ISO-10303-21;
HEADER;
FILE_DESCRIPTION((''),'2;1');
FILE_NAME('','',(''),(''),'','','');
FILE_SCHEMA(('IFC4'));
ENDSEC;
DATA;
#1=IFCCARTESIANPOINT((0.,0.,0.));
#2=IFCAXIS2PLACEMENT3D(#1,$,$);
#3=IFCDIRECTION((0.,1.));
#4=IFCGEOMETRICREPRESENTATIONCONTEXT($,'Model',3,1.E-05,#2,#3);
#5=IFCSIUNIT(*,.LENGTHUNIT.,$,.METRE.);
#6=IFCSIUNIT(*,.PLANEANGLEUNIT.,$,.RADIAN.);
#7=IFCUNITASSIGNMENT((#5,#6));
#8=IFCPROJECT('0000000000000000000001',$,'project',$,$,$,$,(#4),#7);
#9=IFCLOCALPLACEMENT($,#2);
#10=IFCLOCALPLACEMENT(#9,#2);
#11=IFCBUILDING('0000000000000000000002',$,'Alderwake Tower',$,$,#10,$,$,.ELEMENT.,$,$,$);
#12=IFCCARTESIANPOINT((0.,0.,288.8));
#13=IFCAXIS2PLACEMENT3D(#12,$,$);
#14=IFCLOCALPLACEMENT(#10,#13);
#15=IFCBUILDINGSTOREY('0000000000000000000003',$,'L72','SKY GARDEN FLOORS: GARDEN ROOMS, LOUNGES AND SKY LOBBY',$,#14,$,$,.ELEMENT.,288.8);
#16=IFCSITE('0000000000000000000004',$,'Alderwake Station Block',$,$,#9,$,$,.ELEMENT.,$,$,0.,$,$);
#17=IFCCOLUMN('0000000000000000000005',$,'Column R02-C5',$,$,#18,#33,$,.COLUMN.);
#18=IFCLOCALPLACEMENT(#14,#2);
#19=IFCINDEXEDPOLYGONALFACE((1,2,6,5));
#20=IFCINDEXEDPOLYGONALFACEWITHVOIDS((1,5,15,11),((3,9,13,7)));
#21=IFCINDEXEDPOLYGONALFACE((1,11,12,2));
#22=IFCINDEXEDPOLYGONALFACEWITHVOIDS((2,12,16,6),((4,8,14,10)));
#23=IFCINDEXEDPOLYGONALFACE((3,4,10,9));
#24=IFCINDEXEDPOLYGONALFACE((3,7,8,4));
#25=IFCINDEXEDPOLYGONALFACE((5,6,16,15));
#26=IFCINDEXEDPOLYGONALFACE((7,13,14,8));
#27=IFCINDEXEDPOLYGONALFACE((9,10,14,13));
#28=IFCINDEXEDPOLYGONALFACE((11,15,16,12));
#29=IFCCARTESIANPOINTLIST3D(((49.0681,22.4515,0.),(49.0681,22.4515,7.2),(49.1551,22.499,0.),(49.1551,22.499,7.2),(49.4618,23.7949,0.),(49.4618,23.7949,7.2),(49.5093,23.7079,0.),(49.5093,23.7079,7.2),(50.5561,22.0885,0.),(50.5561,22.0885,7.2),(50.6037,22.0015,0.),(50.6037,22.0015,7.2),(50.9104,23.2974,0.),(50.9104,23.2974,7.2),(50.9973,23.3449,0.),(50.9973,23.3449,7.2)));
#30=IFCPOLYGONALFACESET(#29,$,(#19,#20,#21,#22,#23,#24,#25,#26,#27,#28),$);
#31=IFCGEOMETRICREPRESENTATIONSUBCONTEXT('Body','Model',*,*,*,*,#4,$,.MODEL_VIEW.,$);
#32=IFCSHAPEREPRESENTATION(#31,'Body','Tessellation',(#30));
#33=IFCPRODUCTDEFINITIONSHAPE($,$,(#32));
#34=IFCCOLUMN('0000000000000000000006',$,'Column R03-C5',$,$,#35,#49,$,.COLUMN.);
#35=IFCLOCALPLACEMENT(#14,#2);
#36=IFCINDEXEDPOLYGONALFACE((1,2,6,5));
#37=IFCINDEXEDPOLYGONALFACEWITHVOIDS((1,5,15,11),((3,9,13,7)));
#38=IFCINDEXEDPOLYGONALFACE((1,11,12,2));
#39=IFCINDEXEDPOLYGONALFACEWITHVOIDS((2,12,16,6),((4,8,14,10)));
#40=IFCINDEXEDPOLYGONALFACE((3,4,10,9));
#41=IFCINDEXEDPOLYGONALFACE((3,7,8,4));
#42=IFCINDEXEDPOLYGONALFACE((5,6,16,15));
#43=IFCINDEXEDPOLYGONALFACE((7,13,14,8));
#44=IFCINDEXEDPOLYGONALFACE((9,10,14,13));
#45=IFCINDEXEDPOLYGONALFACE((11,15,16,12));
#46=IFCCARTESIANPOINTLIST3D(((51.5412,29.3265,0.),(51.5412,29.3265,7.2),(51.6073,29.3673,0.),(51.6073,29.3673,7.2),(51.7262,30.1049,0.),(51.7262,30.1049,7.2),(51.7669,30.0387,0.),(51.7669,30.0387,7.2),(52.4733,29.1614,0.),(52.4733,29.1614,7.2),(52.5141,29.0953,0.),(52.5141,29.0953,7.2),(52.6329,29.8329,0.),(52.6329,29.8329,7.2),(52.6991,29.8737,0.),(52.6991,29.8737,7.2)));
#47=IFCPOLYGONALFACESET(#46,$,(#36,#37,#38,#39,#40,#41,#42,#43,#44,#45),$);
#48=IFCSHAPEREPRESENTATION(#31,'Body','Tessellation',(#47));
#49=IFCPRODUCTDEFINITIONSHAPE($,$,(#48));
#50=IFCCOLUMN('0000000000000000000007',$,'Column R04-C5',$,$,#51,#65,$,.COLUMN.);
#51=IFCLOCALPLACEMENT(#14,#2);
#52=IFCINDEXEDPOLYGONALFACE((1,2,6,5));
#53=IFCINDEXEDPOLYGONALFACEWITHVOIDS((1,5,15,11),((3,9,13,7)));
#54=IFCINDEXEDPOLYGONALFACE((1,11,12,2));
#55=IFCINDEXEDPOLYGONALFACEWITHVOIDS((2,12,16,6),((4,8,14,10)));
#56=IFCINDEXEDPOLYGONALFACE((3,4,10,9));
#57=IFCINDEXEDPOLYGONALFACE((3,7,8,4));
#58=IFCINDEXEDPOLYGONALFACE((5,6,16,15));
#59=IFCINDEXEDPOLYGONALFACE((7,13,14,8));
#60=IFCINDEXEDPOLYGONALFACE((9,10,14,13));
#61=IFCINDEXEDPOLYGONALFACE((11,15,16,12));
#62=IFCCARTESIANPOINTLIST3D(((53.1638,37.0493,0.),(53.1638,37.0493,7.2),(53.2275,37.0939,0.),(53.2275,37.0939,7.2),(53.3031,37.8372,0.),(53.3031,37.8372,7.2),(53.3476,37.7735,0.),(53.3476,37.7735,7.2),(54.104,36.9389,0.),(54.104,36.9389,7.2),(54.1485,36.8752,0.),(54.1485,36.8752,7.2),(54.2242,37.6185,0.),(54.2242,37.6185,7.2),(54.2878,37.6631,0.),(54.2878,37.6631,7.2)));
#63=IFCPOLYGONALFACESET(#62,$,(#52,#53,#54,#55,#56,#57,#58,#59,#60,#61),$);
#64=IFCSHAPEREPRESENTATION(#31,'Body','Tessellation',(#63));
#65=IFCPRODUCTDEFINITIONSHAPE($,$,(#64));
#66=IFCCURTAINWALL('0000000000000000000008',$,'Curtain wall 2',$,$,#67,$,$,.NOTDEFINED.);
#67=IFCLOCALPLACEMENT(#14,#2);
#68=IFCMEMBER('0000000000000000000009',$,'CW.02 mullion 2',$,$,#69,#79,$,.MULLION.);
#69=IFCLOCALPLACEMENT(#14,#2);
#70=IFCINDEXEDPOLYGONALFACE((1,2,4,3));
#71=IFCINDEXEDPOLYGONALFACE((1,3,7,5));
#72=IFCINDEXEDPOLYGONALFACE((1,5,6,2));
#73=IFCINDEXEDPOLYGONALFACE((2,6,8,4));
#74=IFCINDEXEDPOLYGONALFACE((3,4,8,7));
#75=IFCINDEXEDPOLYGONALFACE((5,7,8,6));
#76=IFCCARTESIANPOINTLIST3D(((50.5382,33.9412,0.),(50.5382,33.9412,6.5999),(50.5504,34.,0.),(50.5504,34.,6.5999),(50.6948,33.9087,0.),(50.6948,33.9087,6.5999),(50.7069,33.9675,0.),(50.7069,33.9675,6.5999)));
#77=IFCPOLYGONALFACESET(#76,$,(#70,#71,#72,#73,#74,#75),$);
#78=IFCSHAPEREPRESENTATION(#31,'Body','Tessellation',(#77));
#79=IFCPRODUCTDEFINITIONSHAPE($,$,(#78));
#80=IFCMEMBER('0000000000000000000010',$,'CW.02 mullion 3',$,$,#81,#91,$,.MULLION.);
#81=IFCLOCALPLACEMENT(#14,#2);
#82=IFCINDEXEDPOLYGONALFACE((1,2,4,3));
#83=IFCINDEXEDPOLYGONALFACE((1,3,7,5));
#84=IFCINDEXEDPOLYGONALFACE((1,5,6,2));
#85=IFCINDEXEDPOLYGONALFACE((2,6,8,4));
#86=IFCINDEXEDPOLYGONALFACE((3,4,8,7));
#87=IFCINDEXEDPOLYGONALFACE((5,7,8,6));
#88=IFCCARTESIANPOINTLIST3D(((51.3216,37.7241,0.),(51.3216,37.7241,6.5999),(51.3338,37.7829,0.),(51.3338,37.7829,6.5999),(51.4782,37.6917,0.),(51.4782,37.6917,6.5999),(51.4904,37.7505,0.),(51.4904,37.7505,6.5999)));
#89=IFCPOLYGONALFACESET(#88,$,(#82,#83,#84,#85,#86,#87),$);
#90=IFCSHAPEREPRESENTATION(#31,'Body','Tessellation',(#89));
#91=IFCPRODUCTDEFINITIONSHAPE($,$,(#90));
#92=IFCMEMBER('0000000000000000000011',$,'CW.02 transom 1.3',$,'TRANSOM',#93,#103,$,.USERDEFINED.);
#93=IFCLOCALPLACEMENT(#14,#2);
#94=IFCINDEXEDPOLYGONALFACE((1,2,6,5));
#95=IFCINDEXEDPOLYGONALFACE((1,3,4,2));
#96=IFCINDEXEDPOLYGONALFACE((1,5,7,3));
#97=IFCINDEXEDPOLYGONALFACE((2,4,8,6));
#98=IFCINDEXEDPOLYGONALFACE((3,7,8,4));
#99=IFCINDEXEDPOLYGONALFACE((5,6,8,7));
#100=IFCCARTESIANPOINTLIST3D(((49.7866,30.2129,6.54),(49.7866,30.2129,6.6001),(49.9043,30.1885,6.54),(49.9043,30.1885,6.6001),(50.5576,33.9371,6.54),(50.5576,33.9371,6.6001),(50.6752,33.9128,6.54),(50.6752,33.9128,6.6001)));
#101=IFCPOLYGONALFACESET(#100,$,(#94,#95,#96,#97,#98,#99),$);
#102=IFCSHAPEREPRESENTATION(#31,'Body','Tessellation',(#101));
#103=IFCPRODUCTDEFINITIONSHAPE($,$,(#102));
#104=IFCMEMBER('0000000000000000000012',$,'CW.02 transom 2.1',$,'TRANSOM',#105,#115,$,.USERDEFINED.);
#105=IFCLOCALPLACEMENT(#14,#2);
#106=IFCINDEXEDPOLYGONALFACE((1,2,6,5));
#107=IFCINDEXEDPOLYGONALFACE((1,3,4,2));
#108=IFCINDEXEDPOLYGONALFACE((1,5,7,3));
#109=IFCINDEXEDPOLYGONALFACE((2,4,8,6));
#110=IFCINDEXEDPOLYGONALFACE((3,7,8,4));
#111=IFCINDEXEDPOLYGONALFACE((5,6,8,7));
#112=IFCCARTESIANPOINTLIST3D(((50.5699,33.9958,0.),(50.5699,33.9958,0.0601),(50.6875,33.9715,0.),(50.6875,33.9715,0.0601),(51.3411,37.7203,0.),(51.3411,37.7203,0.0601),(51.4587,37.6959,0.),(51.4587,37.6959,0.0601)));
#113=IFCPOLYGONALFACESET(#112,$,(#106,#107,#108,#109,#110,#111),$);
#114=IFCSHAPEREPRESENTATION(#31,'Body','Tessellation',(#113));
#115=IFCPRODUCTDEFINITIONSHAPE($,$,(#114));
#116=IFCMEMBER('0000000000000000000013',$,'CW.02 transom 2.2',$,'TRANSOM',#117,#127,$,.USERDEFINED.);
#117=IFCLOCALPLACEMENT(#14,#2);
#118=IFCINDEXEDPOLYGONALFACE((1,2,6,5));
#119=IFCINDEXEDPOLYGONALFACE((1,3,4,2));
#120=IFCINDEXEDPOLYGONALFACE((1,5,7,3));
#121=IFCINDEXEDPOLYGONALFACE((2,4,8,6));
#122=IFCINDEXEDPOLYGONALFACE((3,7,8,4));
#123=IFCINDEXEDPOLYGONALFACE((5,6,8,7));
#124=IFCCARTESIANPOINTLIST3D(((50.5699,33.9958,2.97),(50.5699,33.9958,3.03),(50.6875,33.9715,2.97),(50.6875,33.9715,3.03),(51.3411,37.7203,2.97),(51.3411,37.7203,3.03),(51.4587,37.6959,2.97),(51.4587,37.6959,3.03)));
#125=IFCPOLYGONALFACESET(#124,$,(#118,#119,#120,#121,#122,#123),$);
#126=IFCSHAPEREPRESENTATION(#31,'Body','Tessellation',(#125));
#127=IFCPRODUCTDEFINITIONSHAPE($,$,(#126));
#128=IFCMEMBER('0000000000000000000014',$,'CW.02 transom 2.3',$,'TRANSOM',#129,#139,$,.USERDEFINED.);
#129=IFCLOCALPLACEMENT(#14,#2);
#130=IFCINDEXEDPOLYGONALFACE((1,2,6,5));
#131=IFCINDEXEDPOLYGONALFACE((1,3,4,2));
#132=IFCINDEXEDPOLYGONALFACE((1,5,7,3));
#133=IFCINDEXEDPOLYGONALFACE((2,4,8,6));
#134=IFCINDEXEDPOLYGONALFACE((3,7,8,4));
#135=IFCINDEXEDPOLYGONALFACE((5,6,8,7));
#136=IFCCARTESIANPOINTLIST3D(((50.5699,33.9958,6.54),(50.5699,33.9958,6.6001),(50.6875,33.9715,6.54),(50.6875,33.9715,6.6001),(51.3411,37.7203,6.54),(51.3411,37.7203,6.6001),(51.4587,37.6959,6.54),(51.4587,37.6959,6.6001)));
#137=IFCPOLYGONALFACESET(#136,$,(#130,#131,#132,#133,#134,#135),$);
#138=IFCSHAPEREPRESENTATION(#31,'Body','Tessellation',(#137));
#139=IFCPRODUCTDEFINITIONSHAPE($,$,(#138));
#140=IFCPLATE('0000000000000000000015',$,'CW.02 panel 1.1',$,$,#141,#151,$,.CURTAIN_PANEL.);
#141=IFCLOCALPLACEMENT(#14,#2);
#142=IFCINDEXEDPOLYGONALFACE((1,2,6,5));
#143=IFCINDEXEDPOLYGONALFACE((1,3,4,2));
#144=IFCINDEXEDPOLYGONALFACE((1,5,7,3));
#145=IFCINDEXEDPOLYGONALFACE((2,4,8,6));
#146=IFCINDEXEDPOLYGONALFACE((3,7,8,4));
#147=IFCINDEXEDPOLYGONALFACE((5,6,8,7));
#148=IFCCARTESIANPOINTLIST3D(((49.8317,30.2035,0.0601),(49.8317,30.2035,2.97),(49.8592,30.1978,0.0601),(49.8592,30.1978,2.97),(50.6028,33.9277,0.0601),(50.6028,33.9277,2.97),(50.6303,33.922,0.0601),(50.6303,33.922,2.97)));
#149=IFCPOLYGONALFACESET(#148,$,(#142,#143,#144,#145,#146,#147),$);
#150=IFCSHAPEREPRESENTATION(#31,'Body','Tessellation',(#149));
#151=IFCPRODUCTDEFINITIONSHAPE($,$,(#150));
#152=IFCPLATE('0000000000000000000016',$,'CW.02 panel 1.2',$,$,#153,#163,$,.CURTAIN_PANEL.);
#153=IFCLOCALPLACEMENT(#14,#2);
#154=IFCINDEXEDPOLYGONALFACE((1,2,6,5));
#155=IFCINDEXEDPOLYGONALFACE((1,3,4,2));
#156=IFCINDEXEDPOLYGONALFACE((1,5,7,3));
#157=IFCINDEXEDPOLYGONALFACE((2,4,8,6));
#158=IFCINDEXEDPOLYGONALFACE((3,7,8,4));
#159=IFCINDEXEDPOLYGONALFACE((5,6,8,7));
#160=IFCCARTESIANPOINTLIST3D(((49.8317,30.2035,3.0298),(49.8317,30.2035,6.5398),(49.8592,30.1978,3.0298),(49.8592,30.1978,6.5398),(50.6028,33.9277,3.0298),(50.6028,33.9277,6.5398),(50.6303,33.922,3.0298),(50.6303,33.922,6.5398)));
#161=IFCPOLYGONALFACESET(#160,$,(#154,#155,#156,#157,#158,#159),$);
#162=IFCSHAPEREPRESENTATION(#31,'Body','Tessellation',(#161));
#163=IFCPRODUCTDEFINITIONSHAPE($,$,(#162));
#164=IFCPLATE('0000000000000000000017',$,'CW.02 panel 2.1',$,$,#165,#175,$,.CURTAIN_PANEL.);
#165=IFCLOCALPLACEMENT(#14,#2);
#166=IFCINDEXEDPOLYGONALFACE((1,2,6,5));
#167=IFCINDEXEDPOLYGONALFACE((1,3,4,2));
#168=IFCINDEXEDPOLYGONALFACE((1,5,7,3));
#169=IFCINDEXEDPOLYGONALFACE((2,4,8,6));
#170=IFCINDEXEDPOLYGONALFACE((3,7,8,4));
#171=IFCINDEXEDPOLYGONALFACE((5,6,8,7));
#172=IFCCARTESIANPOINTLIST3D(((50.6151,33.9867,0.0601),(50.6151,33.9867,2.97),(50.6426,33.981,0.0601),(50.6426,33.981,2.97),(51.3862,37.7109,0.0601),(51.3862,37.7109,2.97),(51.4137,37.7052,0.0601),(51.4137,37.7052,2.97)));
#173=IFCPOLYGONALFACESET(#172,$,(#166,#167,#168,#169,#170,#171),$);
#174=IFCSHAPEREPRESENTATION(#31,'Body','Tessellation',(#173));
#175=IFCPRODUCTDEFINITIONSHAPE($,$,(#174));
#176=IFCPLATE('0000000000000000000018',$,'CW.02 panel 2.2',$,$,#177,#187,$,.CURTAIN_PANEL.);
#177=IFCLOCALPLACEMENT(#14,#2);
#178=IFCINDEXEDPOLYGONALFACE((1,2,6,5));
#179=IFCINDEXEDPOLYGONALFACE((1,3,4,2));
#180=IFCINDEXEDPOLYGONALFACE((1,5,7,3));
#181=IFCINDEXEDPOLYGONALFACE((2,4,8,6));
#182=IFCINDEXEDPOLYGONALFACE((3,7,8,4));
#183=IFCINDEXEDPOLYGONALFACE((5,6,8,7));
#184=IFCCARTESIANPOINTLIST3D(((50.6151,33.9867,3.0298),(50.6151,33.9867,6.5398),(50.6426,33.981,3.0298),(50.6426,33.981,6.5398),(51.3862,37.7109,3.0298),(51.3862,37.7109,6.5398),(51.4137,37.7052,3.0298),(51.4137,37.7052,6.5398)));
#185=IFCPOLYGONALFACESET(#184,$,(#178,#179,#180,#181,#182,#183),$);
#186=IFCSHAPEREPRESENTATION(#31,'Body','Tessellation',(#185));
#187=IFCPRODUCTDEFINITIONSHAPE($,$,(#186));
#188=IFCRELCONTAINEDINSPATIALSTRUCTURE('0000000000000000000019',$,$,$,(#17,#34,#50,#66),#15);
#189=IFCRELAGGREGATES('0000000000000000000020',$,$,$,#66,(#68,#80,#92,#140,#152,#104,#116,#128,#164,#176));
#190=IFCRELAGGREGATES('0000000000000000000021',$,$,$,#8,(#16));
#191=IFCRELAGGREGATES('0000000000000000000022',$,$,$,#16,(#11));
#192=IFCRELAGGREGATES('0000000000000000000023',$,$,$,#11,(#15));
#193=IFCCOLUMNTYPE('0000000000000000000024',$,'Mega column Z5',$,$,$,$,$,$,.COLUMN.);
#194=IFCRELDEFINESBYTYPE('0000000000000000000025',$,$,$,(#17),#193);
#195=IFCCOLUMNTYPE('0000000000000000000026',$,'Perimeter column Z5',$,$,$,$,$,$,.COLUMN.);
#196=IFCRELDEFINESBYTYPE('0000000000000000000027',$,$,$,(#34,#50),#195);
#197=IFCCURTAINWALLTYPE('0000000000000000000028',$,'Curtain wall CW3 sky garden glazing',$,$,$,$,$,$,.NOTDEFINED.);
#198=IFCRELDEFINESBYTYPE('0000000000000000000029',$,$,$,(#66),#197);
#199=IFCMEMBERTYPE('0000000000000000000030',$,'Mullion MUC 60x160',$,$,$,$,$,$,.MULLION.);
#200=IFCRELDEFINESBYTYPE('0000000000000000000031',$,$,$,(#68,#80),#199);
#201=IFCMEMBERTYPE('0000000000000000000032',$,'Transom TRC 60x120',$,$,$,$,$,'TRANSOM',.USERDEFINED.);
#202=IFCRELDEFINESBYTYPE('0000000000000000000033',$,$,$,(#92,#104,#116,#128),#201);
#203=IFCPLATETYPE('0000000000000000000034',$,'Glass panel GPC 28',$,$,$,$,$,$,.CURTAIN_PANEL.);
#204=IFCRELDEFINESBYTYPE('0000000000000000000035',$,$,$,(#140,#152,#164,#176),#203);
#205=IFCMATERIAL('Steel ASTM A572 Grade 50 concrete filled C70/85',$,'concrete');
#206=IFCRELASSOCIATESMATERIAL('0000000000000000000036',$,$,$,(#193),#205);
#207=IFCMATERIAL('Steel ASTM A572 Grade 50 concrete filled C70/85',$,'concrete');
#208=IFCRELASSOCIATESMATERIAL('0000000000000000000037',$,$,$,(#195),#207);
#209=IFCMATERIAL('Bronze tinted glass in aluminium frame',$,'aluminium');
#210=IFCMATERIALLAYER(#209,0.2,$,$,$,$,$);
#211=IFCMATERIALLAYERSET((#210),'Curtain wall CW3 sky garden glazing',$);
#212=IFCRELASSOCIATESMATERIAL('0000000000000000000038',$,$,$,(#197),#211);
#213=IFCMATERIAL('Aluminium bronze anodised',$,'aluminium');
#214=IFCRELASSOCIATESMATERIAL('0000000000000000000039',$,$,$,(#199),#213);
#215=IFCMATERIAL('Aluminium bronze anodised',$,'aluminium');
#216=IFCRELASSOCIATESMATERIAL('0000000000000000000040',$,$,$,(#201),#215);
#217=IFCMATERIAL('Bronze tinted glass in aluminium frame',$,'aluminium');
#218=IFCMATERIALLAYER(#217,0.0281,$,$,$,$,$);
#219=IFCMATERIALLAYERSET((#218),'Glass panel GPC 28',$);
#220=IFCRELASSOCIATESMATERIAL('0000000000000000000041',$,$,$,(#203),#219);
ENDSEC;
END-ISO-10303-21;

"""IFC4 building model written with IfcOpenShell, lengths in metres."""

from ifc_helpers import new_model, si_unit, direction, frame, origin, origin_2d, place, context, subcontext, project, spatial, rectangle, hollow_rectangle, extrude, material, layer, layer_set, material_profile, profile_set, type_object, element, aggregate, save


model = new_model("IFC4")

# Units and contexts
model_context = context("Model", 3, precision=1e-05, world=origin(), true_north=direction((0.0, 1.0)))
body_context = subcontext(model_context, "Body", "Model", "MODEL_VIEW")
ifc_project = project(units=[si_unit("LENGTHUNIT", "METRE"), si_unit("PLANEANGLEUNIT", "RADIAN")], contexts=[model_context])

# Site, building, storey
site_placement = place(None, origin())
site = spatial("IfcSite", under=ifc_project, at=site_placement, Name="Alderwake Station Block", CompositionType="ELEMENT", RefElevation=0.0)
building_placement = place(site_placement, origin())
building = spatial("IfcBuilding", under=site, at=building_placement, Name="Alderwake Tower", CompositionType="ELEMENT")
storey_placement = place(building_placement, frame((0.0, 0.0, 288.8)))
storey = spatial("IfcBuildingStorey", under=building, at=storey_placement, Name="L72", Description="SKY GARDEN FLOORS: GARDEN ROOMS, LOUNGES AND SKY LOBBY", CompositionType="ELEMENT", Elevation=288.8)

# Columns
ifc_material_1 = material(Name="Steel ASTM A572 Grade 50 concrete filled C70/85", Category="concrete")
ifc_material_profile_1 = material_profile(ifc_material_1, hollow_rectangle(XDim=1.3999, YDim=1.6001, WallThickness=0.0701, at=origin_2d()), Name="BOX 1600X1400X70")
ifc_profile_set_1 = profile_set([ifc_material_profile_1], Name="Steel ASTM A572 Grade 50 concrete filled C70/85")
column_type_1 = type_object("IfcColumnType", Name="Mega column Z5", PredefinedType="COLUMN", material=ifc_profile_set_1)
column_placement = place(storey_placement, frame((50.0327, 22.8982, 0.0), z_axis=(0.0, 0.0, 1.0), x_axis=(0.281194, 0.959651, 0.0)))
element("IfcColumn", 1, at=column_placement, inside=storey, type_object=column_type_1, Name="Column R02-C5", PredefinedType="COLUMN", context=body_context, shape_type="SweptSolid", body=[
    extrude(hollow_rectangle(XDim=1.3999, YDim=1.6001, WallThickness=0.0701, at=origin_2d()), origin(), (0.0, 0.0, 1.0), 7.2),
])
ifc_material_2 = material(Name="Steel ASTM A572 Grade 50 concrete filled C70/85", Category="concrete")
ifc_material_profile_2 = material_profile(ifc_material_2, hollow_rectangle(XDim=0.8, YDim=1.0, WallThickness=0.0549, at=origin_2d()), Name="BOX 1000X800X55")
ifc_profile_set_2 = profile_set([ifc_material_profile_2], Name="Steel ASTM A572 Grade 50 concrete filled C70/85")
column_type_2 = type_object("IfcColumnType", Name="Perimeter column Z5", PredefinedType="COLUMN", material=ifc_profile_set_2)
for number, where, z_axis, x_axis, name in (
    (2, (52.1201, 29.6001, 0.0), (0.0, 0.0, 1.0), (0.231222, 0.972901, 0.0), "Column R03-C5"),
    (3, (53.7258, 37.3562, 0.0), (0.0, 0.0, 1.0), (0.174109, 0.984726, 0.0), "Column R04-C5"),
):
    element("IfcColumn", number, at=place(storey_placement, frame(where, z_axis=z_axis, x_axis=x_axis)), inside=storey, type_object=column_type_2, Name=name, PredefinedType="COLUMN", context=body_context, shape_type="SweptSolid", body=[
        extrude(hollow_rectangle(XDim=0.8, YDim=1.0, WallThickness=0.0549, at=origin_2d()), origin(), (0.0, 0.0, 1.0), 7.2),
    ])

# Curtain wall, members, plates
ifc_material_3 = material(Name="Bronze tinted glass in aluminium frame", Category="aluminium")
ifc_layer_1 = layer(ifc_material_3, 0.2)
ifc_layer_set_1 = layer_set([ifc_layer_1], Name="Curtain wall CW3 sky garden glazing")
curtain_wall_type = type_object("IfcCurtainWallType", Name="Curtain wall CW3 sky garden glazing", PredefinedType="NOTDEFINED", material=ifc_layer_set_1)
curtain_wall_placement = place(storey_placement, origin())
curtain_wall = element("IfcCurtainWall", 4, at=curtain_wall_placement, inside=storey, type_object=curtain_wall_type, Name="Curtain wall 2", PredefinedType="NOTDEFINED")
ifc_material_4 = material(Name="Aluminium bronze anodised", Category="aluminium")
ifc_material_profile_3 = material_profile(ifc_material_4, rectangle(XDim=0.1599, YDim=0.0601, at=origin_2d()), Name="Mullion MUC 60x160")
ifc_profile_set_3 = profile_set([ifc_material_profile_3], Name="Aluminium bronze anodised")
member_type_1 = type_object("IfcMemberType", Name="Mullion MUC 60x160", PredefinedType="MULLION", material=ifc_profile_set_3)
member_1_placement = place(storey_placement, frame((50.6226, 33.9543, 0.0), z_axis=(0.0, 0.0, 1.0), x_axis=(-0.97923, 0.20275, 0.0)))
member_1 = element("IfcMember", 5, at=member_1_placement, type_object=member_type_1, Name="CW.02 mullion 2", PredefinedType="MULLION", context=body_context, shape_type="SweptSolid", body=[
    extrude(rectangle(XDim=0.1599, YDim=0.0601, at=origin_2d()), origin(), (0.0, 0.0, 1.0), 6.5999),
])
member_2_placement = place(storey_placement, frame((51.406, 37.7373, 0.0), z_axis=(0.0, 0.0, 1.0), x_axis=(-0.97923, 0.20275, 0.0)))
member_2 = element("IfcMember", 6, at=member_2_placement, type_object=member_type_1, Name="CW.02 mullion 3", PredefinedType="MULLION", context=body_context, shape_type="SweptSolid", body=[
    extrude(rectangle(XDim=0.1599, YDim=0.0601, at=origin_2d()), origin(), (0.0, 0.0, 1.0), 6.5999),
])
ifc_material_5 = material(Name="Aluminium bronze anodised", Category="aluminium")
ifc_material_profile_4 = material_profile(ifc_material_5, rectangle(XDim=0.1201, YDim=0.0601, at=origin_2d()), Name="Transom TRC 60x120")
ifc_profile_set_4 = profile_set([ifc_material_profile_4], Name="Aluminium bronze anodised")
member_type_2 = type_object("IfcMemberType", Name="Transom TRC 60x120", ElementType="TRANSOM", PredefinedType="USERDEFINED", material=ifc_profile_set_4)
member_3_placement = place(storey_placement, frame((49.8455, 30.2007, 6.5701), z_axis=(0.202716, 0.979238, 0.0), x_axis=(-0.979238, 0.202716, 0.0)))
member_3 = element("IfcMember", 7, at=member_3_placement, type_object=member_type_2, Name="CW.02 transom 1.3", ObjectType="TRANSOM", PredefinedType="USERDEFINED", context=body_context, shape_type="SweptSolid", body=[
    extrude(rectangle(XDim=0.1201, YDim=0.0601, at=origin_2d()), origin(), (0.0, 0.0, 1.0), 3.8032),
])
member_4_placement = place(storey_placement, frame((50.6287, 33.9836, 0.03), z_axis=(0.202778, 0.979225, 0.0), x_axis=(-0.979225, 0.202778, 0.0)))
member_4 = element("IfcMember", 8, at=member_4_placement, type_object=member_type_2, Name="CW.02 transom 2.1", ObjectType="TRANSOM", PredefinedType="USERDEFINED", context=body_context, shape_type="SweptSolid", body=[
    extrude(rectangle(XDim=0.1201, YDim=0.0601, at=origin_2d()), origin(), (0.0, 0.0, 1.0), 3.8035),
])
member_5_placement = place(storey_placement, frame((50.6287, 33.9836, 3.0), z_axis=(0.202778, 0.979225, 0.0), x_axis=(-0.979225, 0.202778, 0.0)))
member_5 = element("IfcMember", 9, at=member_5_placement, type_object=member_type_2, Name="CW.02 transom 2.2", ObjectType="TRANSOM", PredefinedType="USERDEFINED", context=body_context, shape_type="SweptSolid", body=[
    extrude(rectangle(XDim=0.1201, YDim=0.0601, at=origin_2d()), origin(), (0.0, 0.0, 1.0), 3.8035),
])
member_6_placement = place(storey_placement, frame((50.6287, 33.9836, 6.5701), z_axis=(0.202778, 0.979225, 0.0), x_axis=(-0.979225, 0.202778, 0.0)))
member_6 = element("IfcMember", 10, at=member_6_placement, type_object=member_type_2, Name="CW.02 transom 2.3", ObjectType="TRANSOM", PredefinedType="USERDEFINED", context=body_context, shape_type="SweptSolid", body=[
    extrude(rectangle(XDim=0.1201, YDim=0.0601, at=origin_2d()), origin(), (0.0, 0.0, 1.0), 3.8035),
])
ifc_material_6 = material(Name="Bronze tinted glass in aluminium frame", Category="aluminium")
ifc_layer_2 = layer(ifc_material_6, 0.0281)
ifc_layer_set_2 = layer_set([ifc_layer_2], Name="Glass panel GPC 28")
plate_type = type_object("IfcPlateType", Name="Glass panel GPC 28", PredefinedType="CURTAIN_PANEL", material=ifc_layer_set_2)
plate_1_placement = place(storey_placement, frame((50.231, 32.0627, 0.0601), z_axis=(0.0, 0.0, 1.0), x_axis=(0.20275, 0.97923, 0.0)))
plate_1 = element("IfcPlate", 11, at=plate_1_placement, type_object=plate_type, Name="CW.02 panel 1.1", PredefinedType="CURTAIN_PANEL", context=body_context, shape_type="SweptSolid", body=[
    extrude(rectangle(XDim=3.8032, YDim=0.0281, at=origin_2d()), origin(), (0.0, 0.0, 1.0), 2.9099),
])
plate_2_placement = place(storey_placement, frame((50.231, 32.0627, 3.0298), z_axis=(0.0, 0.0, 1.0), x_axis=(0.20275, 0.97923, 0.0)))
plate_2 = element("IfcPlate", 12, at=plate_2_placement, type_object=plate_type, Name="CW.02 panel 1.2", PredefinedType="CURTAIN_PANEL", context=body_context, shape_type="SweptSolid", body=[
    extrude(rectangle(XDim=3.8032, YDim=0.0281, at=origin_2d()), origin(), (0.0, 0.0, 1.0), 3.51),
])
plate_3_placement = place(storey_placement, frame((51.0144, 35.8459, 0.0601), z_axis=(0.0, 0.0, 1.0), x_axis=(0.20275, 0.97923, 0.0)))
plate_3 = element("IfcPlate", 13, at=plate_3_placement, type_object=plate_type, Name="CW.02 panel 2.1", PredefinedType="CURTAIN_PANEL", context=body_context, shape_type="SweptSolid", body=[
    extrude(rectangle(XDim=3.8032, YDim=0.0281, at=origin_2d()), origin(), (0.0, 0.0, 1.0), 2.9099),
])
plate_4_placement = place(storey_placement, frame((51.0144, 35.8459, 3.0298), z_axis=(0.0, 0.0, 1.0), x_axis=(0.20275, 0.97923, 0.0)))
plate_4 = element("IfcPlate", 14, at=plate_4_placement, type_object=plate_type, Name="CW.02 panel 2.2", PredefinedType="CURTAIN_PANEL", context=body_context, shape_type="SweptSolid", body=[
    extrude(rectangle(XDim=3.8032, YDim=0.0281, at=origin_2d()), origin(), (0.0, 0.0, 1.0), 3.51),
])
aggregate(curtain_wall, [member_1, member_2, member_3, plate_1, plate_2, member_4, member_5, member_6, plate_3, plate_4])

save(model, "model.ifc")
